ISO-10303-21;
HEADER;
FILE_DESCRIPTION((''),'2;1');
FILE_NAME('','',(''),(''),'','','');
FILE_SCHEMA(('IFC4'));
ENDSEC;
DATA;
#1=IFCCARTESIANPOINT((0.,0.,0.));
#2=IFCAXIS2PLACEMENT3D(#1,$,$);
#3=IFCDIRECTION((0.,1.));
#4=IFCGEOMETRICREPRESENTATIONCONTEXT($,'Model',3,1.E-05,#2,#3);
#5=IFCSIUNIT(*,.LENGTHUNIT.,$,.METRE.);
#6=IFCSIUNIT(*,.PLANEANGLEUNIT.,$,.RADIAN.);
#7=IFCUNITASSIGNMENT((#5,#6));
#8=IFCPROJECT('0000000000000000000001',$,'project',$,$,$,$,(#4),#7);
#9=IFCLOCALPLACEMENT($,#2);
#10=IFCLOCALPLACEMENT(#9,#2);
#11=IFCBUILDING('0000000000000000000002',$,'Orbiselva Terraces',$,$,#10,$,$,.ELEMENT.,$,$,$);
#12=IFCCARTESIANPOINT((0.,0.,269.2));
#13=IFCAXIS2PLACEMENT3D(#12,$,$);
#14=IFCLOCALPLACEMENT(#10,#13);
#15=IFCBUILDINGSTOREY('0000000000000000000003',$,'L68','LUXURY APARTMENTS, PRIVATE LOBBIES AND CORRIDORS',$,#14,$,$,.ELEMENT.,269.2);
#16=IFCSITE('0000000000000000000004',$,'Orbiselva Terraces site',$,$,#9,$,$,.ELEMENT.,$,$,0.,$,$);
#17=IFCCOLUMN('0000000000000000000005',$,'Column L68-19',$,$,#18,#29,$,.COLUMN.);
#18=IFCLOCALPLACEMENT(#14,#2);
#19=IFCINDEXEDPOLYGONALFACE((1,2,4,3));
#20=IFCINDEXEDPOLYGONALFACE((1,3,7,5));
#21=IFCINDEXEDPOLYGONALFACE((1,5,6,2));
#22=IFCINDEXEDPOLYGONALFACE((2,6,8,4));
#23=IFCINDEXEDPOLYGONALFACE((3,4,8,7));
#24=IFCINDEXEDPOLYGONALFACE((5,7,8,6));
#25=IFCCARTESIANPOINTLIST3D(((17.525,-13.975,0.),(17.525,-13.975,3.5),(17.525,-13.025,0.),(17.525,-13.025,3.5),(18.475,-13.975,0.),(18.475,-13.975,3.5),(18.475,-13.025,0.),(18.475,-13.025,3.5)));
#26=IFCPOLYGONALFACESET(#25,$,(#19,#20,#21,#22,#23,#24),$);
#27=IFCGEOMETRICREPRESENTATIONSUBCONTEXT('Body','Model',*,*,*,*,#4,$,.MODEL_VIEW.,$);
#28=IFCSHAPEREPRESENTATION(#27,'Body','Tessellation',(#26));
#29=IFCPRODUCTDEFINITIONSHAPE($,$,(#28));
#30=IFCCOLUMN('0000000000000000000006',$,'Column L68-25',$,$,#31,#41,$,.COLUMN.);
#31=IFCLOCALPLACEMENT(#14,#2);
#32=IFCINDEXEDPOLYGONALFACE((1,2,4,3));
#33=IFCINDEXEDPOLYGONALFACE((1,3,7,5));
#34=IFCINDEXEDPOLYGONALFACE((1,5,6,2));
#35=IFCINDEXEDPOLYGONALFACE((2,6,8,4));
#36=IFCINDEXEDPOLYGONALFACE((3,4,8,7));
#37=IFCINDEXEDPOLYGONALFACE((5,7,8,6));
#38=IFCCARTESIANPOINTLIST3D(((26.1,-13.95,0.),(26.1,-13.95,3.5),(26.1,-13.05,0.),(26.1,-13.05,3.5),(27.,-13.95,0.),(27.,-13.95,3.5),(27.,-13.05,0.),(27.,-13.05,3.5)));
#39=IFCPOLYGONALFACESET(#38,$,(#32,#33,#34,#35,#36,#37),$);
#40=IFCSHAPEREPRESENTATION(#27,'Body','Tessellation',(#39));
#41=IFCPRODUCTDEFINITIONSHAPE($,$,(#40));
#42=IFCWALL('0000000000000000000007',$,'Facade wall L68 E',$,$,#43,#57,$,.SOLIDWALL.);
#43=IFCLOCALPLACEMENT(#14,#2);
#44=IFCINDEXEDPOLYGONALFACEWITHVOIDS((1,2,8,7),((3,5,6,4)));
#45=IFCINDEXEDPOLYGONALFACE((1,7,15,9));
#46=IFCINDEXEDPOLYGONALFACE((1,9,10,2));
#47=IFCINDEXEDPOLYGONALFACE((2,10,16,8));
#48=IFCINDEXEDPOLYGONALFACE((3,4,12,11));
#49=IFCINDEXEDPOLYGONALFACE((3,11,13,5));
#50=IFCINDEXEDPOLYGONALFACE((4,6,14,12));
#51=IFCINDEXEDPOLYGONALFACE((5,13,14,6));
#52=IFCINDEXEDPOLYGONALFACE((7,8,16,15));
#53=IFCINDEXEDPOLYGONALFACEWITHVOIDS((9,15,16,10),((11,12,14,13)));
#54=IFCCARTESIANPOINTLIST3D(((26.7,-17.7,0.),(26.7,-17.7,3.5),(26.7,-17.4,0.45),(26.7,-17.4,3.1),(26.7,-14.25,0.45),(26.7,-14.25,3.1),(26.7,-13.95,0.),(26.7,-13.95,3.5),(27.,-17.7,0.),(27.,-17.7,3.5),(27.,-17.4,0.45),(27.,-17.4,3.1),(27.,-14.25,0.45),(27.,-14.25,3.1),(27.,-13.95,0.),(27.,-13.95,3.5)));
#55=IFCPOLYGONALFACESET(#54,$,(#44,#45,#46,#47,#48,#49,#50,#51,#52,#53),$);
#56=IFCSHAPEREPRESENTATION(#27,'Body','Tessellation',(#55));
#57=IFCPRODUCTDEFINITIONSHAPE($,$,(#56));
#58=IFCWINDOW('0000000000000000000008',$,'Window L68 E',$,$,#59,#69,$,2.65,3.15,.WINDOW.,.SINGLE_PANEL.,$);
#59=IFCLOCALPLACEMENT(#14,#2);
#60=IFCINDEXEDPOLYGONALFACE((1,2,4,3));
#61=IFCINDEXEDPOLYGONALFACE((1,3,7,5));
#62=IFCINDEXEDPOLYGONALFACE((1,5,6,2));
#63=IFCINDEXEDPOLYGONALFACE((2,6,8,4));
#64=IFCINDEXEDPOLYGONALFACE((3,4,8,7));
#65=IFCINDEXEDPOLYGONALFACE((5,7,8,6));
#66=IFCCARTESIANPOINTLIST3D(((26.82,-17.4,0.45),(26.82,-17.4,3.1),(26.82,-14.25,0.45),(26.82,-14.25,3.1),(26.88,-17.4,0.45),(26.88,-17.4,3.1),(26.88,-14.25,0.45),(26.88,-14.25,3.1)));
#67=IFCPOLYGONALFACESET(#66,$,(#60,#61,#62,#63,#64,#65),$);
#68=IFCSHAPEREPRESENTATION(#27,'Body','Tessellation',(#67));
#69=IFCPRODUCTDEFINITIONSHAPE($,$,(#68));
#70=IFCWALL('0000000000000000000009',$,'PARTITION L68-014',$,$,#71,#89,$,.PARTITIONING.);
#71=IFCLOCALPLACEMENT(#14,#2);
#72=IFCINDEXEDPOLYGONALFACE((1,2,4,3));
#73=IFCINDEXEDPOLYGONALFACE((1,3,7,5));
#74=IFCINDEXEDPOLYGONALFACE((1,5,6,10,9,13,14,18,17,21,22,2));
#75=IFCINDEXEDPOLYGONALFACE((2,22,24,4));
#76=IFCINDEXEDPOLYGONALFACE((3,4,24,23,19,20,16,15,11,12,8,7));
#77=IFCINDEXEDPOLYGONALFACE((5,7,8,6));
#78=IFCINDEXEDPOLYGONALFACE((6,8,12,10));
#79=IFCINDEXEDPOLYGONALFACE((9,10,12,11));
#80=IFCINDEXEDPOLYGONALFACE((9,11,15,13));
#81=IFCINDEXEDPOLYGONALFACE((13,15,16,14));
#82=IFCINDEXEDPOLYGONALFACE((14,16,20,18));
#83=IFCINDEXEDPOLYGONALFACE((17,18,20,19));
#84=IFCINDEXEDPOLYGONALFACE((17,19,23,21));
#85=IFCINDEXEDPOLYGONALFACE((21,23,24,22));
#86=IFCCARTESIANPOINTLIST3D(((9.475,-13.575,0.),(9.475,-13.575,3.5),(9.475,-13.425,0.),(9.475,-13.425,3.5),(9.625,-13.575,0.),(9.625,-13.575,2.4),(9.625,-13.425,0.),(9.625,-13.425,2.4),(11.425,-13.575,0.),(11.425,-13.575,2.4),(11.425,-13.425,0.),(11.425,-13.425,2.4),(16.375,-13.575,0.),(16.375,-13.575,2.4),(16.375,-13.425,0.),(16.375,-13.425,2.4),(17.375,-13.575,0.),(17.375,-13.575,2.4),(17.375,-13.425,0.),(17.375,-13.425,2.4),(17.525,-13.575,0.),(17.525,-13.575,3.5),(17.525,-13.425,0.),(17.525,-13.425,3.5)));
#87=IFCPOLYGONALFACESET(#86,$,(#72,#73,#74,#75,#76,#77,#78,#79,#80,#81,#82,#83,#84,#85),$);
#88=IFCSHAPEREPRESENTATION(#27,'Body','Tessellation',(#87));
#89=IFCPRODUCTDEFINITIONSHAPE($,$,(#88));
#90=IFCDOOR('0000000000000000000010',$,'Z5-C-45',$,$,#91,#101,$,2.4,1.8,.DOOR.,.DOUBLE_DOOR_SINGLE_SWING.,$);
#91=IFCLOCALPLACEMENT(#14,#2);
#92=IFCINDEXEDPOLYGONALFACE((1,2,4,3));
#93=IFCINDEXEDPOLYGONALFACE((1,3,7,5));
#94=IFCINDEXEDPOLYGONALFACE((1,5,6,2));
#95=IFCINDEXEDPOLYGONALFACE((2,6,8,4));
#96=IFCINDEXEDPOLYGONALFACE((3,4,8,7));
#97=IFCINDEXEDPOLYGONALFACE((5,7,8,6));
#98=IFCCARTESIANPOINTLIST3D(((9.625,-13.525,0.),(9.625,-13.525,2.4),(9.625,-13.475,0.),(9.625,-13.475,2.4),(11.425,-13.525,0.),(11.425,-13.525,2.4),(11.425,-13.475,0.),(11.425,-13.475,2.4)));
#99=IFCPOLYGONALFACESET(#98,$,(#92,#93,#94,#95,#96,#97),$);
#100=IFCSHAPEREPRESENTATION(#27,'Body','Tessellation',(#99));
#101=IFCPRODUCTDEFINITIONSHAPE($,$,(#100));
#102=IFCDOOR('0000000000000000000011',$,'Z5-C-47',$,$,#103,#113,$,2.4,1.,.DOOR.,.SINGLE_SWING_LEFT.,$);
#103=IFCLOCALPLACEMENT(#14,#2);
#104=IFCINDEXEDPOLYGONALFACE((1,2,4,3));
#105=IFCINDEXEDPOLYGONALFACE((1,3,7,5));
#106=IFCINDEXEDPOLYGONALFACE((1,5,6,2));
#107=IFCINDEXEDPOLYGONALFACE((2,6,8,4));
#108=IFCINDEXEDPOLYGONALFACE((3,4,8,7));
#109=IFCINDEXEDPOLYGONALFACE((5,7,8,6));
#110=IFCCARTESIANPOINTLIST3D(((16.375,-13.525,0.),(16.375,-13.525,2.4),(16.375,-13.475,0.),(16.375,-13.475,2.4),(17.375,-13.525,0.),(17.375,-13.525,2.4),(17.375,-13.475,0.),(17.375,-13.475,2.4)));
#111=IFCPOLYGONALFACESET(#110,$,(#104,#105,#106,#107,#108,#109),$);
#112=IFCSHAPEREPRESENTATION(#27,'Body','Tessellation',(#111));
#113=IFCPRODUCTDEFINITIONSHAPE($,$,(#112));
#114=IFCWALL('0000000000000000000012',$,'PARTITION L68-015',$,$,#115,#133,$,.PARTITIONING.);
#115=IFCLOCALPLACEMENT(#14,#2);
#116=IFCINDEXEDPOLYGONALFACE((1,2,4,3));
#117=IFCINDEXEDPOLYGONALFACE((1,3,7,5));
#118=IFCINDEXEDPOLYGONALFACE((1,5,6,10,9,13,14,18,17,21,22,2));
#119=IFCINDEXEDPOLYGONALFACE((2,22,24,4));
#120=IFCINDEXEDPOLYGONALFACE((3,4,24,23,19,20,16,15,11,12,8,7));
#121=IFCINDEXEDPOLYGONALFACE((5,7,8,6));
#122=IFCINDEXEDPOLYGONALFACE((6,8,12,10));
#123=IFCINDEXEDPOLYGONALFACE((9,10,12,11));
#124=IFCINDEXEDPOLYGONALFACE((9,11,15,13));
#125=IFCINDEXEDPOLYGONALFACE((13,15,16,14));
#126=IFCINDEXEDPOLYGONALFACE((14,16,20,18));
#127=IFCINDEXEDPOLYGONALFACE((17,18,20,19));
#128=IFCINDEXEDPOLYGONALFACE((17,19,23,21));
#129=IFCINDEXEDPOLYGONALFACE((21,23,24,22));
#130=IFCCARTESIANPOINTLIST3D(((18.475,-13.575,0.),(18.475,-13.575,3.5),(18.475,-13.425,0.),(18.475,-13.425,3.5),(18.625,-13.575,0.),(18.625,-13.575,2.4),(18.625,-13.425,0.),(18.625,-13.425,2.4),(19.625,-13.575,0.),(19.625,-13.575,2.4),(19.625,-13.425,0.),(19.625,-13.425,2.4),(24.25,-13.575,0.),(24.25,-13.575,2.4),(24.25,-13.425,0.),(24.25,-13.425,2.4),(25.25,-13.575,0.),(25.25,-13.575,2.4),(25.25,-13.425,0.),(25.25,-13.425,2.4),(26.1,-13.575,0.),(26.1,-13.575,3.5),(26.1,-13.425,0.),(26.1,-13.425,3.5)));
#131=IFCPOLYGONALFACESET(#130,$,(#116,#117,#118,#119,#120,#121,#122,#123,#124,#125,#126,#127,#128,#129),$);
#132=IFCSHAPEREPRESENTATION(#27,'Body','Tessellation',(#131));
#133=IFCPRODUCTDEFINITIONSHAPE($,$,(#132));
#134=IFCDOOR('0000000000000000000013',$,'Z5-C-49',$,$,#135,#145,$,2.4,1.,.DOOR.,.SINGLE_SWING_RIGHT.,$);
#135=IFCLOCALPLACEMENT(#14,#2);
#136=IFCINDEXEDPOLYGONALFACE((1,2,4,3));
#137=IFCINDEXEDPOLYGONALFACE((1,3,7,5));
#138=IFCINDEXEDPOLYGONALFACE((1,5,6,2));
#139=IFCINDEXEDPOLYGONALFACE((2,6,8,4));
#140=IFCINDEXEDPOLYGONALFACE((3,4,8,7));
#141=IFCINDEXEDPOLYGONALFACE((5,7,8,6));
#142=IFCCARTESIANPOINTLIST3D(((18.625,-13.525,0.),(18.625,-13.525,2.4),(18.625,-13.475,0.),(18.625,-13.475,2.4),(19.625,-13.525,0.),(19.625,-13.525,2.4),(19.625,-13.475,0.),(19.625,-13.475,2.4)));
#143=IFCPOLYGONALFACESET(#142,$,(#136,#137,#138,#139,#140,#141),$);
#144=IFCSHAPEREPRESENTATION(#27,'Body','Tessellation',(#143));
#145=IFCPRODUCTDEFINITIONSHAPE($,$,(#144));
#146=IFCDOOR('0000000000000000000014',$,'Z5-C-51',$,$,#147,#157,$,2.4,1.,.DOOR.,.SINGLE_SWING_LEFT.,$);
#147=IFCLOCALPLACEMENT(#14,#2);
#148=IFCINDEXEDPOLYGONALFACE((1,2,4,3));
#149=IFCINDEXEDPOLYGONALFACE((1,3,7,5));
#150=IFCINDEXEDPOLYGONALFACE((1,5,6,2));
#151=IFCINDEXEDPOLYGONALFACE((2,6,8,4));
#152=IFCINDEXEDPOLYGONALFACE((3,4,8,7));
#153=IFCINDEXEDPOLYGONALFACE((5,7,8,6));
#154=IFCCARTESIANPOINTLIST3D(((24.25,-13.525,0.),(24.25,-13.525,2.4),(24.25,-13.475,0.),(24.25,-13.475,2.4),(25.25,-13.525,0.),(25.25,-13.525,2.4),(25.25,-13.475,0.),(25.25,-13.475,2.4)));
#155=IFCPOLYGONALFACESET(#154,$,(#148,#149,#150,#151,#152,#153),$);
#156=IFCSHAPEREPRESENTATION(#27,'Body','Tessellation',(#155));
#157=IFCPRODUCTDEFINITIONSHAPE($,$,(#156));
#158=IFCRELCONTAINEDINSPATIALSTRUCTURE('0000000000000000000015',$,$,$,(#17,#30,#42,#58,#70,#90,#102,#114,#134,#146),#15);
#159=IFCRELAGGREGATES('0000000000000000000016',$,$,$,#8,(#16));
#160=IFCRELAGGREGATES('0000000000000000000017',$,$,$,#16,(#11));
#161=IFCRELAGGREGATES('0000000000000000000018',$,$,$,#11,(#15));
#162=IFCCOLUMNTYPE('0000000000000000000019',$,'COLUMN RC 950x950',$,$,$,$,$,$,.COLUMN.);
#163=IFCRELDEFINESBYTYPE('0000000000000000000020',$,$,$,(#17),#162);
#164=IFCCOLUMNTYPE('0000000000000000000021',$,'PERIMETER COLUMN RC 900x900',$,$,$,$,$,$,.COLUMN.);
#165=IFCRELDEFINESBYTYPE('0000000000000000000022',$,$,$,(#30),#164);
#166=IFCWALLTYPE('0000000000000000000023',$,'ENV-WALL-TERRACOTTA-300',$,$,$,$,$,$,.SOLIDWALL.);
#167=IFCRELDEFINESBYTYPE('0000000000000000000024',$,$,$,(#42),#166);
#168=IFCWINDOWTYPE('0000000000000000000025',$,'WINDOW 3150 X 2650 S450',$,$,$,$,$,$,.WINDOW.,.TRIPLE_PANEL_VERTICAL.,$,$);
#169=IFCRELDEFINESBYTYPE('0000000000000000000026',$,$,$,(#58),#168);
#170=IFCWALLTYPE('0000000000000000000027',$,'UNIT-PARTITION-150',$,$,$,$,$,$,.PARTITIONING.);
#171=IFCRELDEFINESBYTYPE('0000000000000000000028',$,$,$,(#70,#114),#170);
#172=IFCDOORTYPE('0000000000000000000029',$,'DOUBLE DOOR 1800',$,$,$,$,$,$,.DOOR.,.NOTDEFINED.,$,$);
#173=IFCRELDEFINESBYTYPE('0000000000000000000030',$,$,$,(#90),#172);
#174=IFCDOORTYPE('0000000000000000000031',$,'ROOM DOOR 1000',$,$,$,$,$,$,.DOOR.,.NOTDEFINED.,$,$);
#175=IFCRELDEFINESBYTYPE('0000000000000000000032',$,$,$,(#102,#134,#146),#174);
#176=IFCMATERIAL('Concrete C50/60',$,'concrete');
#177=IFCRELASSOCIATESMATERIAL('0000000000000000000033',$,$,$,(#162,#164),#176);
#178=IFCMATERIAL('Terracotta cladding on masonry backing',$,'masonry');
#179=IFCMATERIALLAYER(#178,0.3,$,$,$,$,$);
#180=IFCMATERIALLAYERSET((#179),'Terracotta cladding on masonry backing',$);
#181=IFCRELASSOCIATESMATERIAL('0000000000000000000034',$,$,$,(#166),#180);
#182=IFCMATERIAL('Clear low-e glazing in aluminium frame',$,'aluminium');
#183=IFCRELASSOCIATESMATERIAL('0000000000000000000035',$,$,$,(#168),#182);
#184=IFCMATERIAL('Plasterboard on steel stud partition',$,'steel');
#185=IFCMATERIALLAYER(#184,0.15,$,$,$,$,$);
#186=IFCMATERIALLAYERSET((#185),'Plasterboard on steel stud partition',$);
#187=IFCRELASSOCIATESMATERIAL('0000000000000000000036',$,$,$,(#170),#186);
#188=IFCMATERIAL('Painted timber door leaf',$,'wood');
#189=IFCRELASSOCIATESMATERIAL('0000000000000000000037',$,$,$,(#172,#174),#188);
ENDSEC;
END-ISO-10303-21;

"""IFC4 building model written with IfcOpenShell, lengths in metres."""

from ifc_helpers import new_model, si_unit, direction, frame, frame_2d, origin, origin_2d, place, context, subcontext, project, spatial, rectangle, extrude, material, layer, layer_set, material_profile, profile_set, type_object, element, fill, save


model = new_model("IFC4")

# Units and contexts
model_context = context("Model", 3, precision=1e-05, world=origin(), true_north=direction((0.0, 1.0)))
body_context = subcontext(model_context, "Body", "Model", "MODEL_VIEW")
ifc_project = project(units=[si_unit("LENGTHUNIT", "METRE"), si_unit("PLANEANGLEUNIT", "RADIAN")], contexts=[model_context])

# Site, building, storey
site_placement = place(None, origin())
site = spatial("IfcSite", under=ifc_project, at=site_placement, Name="Orbiselva Terraces site", CompositionType="ELEMENT", RefElevation=0.0)
building_placement = place(site_placement, origin())
building = spatial("IfcBuilding", under=site, at=building_placement, Name="Orbiselva Terraces", CompositionType="ELEMENT")
storey_placement = place(building_placement, frame((0.0, 0.0, 269.2)))
storey = spatial("IfcBuildingStorey", under=building, at=storey_placement, Name="L68", Description="LUXURY APARTMENTS, PRIVATE LOBBIES AND CORRIDORS", CompositionType="ELEMENT", Elevation=269.2)

# Columns
ifc_material_1 = material(Name="Concrete C50/60", Category="concrete")
ifc_material_profile_1 = material_profile(ifc_material_1, rectangle(XDim=0.95, YDim=0.95, at=origin_2d()), Name="RC 950x950")
ifc_profile_set_1 = profile_set([ifc_material_profile_1], Name="Concrete C50/60")
column_type_1 = type_object("IfcColumnType", Name="COLUMN RC 950x950", PredefinedType="COLUMN", material=ifc_profile_set_1)
column_1_placement = place(storey_placement, frame((18.0, -13.5, 0.0), z_axis=(0.0, 0.0, 1.0), x_axis=(1.0, 0.0, 0.0)))
element("IfcColumn", 1, at=column_1_placement, inside=storey, type_object=column_type_1, Name="Column L68-19", PredefinedType="COLUMN", context=body_context, shape_type="SweptSolid", body=[
    extrude(rectangle(XDim=0.95, YDim=0.95, at=origin_2d()), origin(), (0.0, 0.0, 1.0), 3.5),
])
ifc_material_profile_2 = material_profile(ifc_material_1, rectangle(XDim=0.9, YDim=0.9, at=origin_2d()), Name="RC 900x900")
ifc_profile_set_2 = profile_set([ifc_material_profile_2], Name="Concrete C50/60")
column_type_2 = type_object("IfcColumnType", Name="PERIMETER COLUMN RC 900x900", PredefinedType="COLUMN", material=ifc_profile_set_2)
column_2_placement = place(storey_placement, frame((26.55, -13.5, 0.0), z_axis=(0.0, 0.0, 1.0), x_axis=(1.0, 0.0, 0.0)))
element("IfcColumn", 2, at=column_2_placement, inside=storey, type_object=column_type_2, Name="Column L68-25", PredefinedType="COLUMN", context=body_context, shape_type="SweptSolid", body=[
    extrude(rectangle(XDim=0.9, YDim=0.9, at=origin_2d()), origin(), (0.0, 0.0, 1.0), 3.5),
])

# Wall, opening, window
ifc_material_2 = material(Name="Terracotta cladding on masonry backing", Category="masonry")
ifc_layer_1 = layer(ifc_material_2, 0.3)
ifc_layer_set_1 = layer_set([ifc_layer_1], Name="Terracotta cladding on masonry backing")
wall_type_1 = type_object("IfcWallType", Name="ENV-WALL-TERRACOTTA-300", PredefinedType="SOLIDWALL", material=ifc_layer_set_1)
wall_1_placement = place(storey_placement, frame((26.85, -13.95, 0.0), z_axis=(0.0, 0.0, 1.0), x_axis=(0.0, -1.0, 0.0)))
wall_1 = element("IfcWall", 3, at=wall_1_placement, inside=storey, type_object=wall_type_1, Name="Facade wall L68 E", PredefinedType="SOLIDWALL", context=body_context, shape_type="SweptSolid", body=[
    extrude(rectangle(XDim=3.75, YDim=0.3, at=frame_2d((1.875, 0.0))), origin(), (0.0, 0.0, 1.0), 3.5),
])
opening_1_placement = place(wall_1_placement, frame((0.3, 0.0, 0.45)))
opening_1 = element("IfcOpeningElement", 4, at=opening_1_placement, cuts=wall_1, PredefinedType="OPENING", context=body_context, shape_type="SweptSolid", body=[
    extrude(rectangle(XDim=3.15, YDim=2.65, at=frame_2d((1.575, 1.325))), frame((0.0, 0.16, 0.0), z_axis=(0.0, -1.0, 0.0), x_axis=(1.0, 0.0, 0.0)), (0.0, 0.0, 1.0), 0.32),
])
ifc_material_3 = material(Name="Clear low-e glazing in aluminium frame", Category="aluminium")
window_type = type_object("IfcWindowType", Name="WINDOW 3150 X 2650 S450", PartitioningType="TRIPLE_PANEL_VERTICAL", PredefinedType="WINDOW", material=ifc_material_3)
window_placement = place(opening_1_placement, origin())
window = element("IfcWindow", 5, at=window_placement, inside=storey, type_object=window_type, Name="Window L68 E", OverallHeight=2.65, OverallWidth=3.15, PartitioningType="SINGLE_PANEL", PredefinedType="WINDOW", context=body_context, shape_type="SweptSolid", body=[
    extrude(rectangle(XDim=3.15, YDim=2.65, at=frame_2d((1.575, 1.325))), frame((0.0, 0.03, 0.0), z_axis=(0.0, -1.0, 0.0), x_axis=(1.0, 0.0, 0.0)), (0.0, 0.0, 1.0), 0.06),
])
fill(opening_1, window)

# Walls, openings, doors
ifc_material_4 = material(Name="Plasterboard on steel stud partition", Category="steel")
ifc_layer_2 = layer(ifc_material_4, 0.15)
ifc_layer_set_2 = layer_set([ifc_layer_2], Name="Plasterboard on steel stud partition")
wall_type_2 = type_object("IfcWallType", Name="UNIT-PARTITION-150", PredefinedType="PARTITIONING", material=ifc_layer_set_2)
wall_2_placement = place(storey_placement, frame((17.525, -13.5, 0.0), z_axis=(0.0, 0.0, 1.0), x_axis=(-1.0, 0.0, 0.0)))
wall_2 = element("IfcWall", 6, at=wall_2_placement, inside=storey, type_object=wall_type_2, Name="PARTITION L68-014", PredefinedType="PARTITIONING", context=body_context, shape_type="SweptSolid", body=[
    extrude(rectangle(XDim=8.05, YDim=0.15, at=frame_2d((4.025, 0.0))), origin(), (0.0, 0.0, 1.0), 3.5),
])
opening_2_placement = place(wall_2_placement, frame((6.1, 0.0, 0.0)))
opening_2 = element("IfcOpeningElement", 7, at=opening_2_placement, cuts=wall_2, PredefinedType="OPENING", context=body_context, shape_type="SweptSolid", body=[
    extrude(rectangle(XDim=1.8, YDim=2.4, at=frame_2d((0.9, 1.2))), frame((0.0, 0.085, 0.0), z_axis=(0.0, -1.0, 0.0), x_axis=(1.0, 0.0, 0.0)), (0.0, 0.0, 1.0), 0.17),
])
opening_3_placement = place(wall_2_placement, frame((0.15, 0.0, 0.0)))
opening_3 = element("IfcOpeningElement", 8, at=opening_3_placement, cuts=wall_2, PredefinedType="OPENING", context=body_context, shape_type="SweptSolid", body=[
    extrude(rectangle(XDim=1.0, YDim=2.4, at=frame_2d((0.5, 1.2))), frame((0.0, 0.085, 0.0), z_axis=(0.0, -1.0, 0.0), x_axis=(1.0, 0.0, 0.0)), (0.0, 0.0, 1.0), 0.17),
])
ifc_material_5 = material(Name="Painted timber door leaf", Category="wood")
door_type_1 = type_object("IfcDoorType", Name="DOUBLE DOOR 1800", OperationType="NOTDEFINED", PredefinedType="DOOR", material=ifc_material_5)
door_1_placement = place(opening_2_placement, origin())
door_1 = element("IfcDoor", 9, at=door_1_placement, inside=storey, type_object=door_type_1, Name="Z5-C-45", OperationType="DOUBLE_DOOR_SINGLE_SWING", OverallHeight=2.4, OverallWidth=1.8, PredefinedType="DOOR", context=body_context, shape_type="SweptSolid", body=[
    extrude(rectangle(XDim=1.8, YDim=2.4, at=frame_2d((0.9, 1.2))), frame((0.0, 0.025, 0.0), z_axis=(0.0, -1.0, 0.0), x_axis=(1.0, 0.0, 0.0)), (0.0, 0.0, 1.0), 0.05),
])
fill(opening_2, door_1)
door_type_2 = type_object("IfcDoorType", Name="ROOM DOOR 1000", OperationType="NOTDEFINED", PredefinedType="DOOR", material=ifc_material_5)
door_2_placement = place(opening_3_placement, origin())
door_2 = element("IfcDoor", 10, at=door_2_placement, inside=storey, type_object=door_type_2, Name="Z5-C-47", OperationType="SINGLE_SWING_LEFT", OverallHeight=2.4, OverallWidth=1.0, PredefinedType="DOOR", context=body_context, shape_type="SweptSolid", body=[
    extrude(rectangle(XDim=1.0, YDim=2.4, at=frame_2d((0.5, 1.2))), frame((0.0, 0.025, 0.0), z_axis=(0.0, -1.0, 0.0), x_axis=(1.0, 0.0, 0.0)), (0.0, 0.0, 1.0), 0.05),
])
fill(opening_3, door_2)
wall_3_placement = place(storey_placement, frame((26.1, -13.5, 0.0), z_axis=(0.0, 0.0, 1.0), x_axis=(-1.0, 0.0, 0.0)))
wall_3 = element("IfcWall", 11, at=wall_3_placement, inside=storey, type_object=wall_type_2, Name="PARTITION L68-015", PredefinedType="PARTITIONING", context=body_context, shape_type="SweptSolid", body=[
    extrude(rectangle(XDim=7.625, YDim=0.15, at=frame_2d((3.8125, 0.0))), origin(), (0.0, 0.0, 1.0), 3.5),
])
opening_4_placement = place(wall_3_placement, frame((6.475, 0.0, 0.0)))
opening_4 = element("IfcOpeningElement", 12, at=opening_4_placement, cuts=wall_3, PredefinedType="OPENING", context=body_context, shape_type="SweptSolid", body=[
    extrude(rectangle(XDim=1.0, YDim=2.4, at=frame_2d((0.5, 1.2))), frame((0.0, 0.085, 0.0), z_axis=(0.0, -1.0, 0.0), x_axis=(1.0, 0.0, 0.0)), (0.0, 0.0, 1.0), 0.17),
])
opening_5_placement = place(wall_3_placement, frame((0.85, 0.0, 0.0)))
opening_5 = element("IfcOpeningElement", 13, at=opening_5_placement, cuts=wall_3, PredefinedType="OPENING", context=body_context, shape_type="SweptSolid", body=[
    extrude(rectangle(XDim=1.0, YDim=2.4, at=frame_2d((0.5, 1.2))), frame((0.0, 0.085, 0.0), z_axis=(0.0, -1.0, 0.0), x_axis=(1.0, 0.0, 0.0)), (0.0, 0.0, 1.0), 0.17),
])
door_3_placement = place(opening_4_placement, origin())
door_3 = element("IfcDoor", 14, at=door_3_placement, inside=storey, type_object=door_type_2, Name="Z5-C-49", OperationType="SINGLE_SWING_RIGHT", OverallHeight=2.4, OverallWidth=1.0, PredefinedType="DOOR", context=body_context, shape_type="SweptSolid", body=[
    extrude(rectangle(XDim=1.0, YDim=2.4, at=frame_2d((0.5, 1.2))), frame((0.0, 0.025, 0.0), z_axis=(0.0, -1.0, 0.0), x_axis=(1.0, 0.0, 0.0)), (0.0, 0.0, 1.0), 0.05),
])
fill(opening_4, door_3)
door_4_placement = place(opening_5_placement, origin())
door_4 = element("IfcDoor", 15, at=door_4_placement, inside=storey, type_object=door_type_2, Name="Z5-C-51", OperationType="SINGLE_SWING_LEFT", OverallHeight=2.4, OverallWidth=1.0, PredefinedType="DOOR", context=body_context, shape_type="SweptSolid", body=[
    extrude(rectangle(XDim=1.0, YDim=2.4, at=frame_2d((0.5, 1.2))), frame((0.0, 0.025, 0.0), z_axis=(0.0, -1.0, 0.0), x_axis=(1.0, 0.0, 0.0)), (0.0, 0.0, 1.0), 0.05),
])
fill(opening_5, door_4)

save(model, "model.ifc")
